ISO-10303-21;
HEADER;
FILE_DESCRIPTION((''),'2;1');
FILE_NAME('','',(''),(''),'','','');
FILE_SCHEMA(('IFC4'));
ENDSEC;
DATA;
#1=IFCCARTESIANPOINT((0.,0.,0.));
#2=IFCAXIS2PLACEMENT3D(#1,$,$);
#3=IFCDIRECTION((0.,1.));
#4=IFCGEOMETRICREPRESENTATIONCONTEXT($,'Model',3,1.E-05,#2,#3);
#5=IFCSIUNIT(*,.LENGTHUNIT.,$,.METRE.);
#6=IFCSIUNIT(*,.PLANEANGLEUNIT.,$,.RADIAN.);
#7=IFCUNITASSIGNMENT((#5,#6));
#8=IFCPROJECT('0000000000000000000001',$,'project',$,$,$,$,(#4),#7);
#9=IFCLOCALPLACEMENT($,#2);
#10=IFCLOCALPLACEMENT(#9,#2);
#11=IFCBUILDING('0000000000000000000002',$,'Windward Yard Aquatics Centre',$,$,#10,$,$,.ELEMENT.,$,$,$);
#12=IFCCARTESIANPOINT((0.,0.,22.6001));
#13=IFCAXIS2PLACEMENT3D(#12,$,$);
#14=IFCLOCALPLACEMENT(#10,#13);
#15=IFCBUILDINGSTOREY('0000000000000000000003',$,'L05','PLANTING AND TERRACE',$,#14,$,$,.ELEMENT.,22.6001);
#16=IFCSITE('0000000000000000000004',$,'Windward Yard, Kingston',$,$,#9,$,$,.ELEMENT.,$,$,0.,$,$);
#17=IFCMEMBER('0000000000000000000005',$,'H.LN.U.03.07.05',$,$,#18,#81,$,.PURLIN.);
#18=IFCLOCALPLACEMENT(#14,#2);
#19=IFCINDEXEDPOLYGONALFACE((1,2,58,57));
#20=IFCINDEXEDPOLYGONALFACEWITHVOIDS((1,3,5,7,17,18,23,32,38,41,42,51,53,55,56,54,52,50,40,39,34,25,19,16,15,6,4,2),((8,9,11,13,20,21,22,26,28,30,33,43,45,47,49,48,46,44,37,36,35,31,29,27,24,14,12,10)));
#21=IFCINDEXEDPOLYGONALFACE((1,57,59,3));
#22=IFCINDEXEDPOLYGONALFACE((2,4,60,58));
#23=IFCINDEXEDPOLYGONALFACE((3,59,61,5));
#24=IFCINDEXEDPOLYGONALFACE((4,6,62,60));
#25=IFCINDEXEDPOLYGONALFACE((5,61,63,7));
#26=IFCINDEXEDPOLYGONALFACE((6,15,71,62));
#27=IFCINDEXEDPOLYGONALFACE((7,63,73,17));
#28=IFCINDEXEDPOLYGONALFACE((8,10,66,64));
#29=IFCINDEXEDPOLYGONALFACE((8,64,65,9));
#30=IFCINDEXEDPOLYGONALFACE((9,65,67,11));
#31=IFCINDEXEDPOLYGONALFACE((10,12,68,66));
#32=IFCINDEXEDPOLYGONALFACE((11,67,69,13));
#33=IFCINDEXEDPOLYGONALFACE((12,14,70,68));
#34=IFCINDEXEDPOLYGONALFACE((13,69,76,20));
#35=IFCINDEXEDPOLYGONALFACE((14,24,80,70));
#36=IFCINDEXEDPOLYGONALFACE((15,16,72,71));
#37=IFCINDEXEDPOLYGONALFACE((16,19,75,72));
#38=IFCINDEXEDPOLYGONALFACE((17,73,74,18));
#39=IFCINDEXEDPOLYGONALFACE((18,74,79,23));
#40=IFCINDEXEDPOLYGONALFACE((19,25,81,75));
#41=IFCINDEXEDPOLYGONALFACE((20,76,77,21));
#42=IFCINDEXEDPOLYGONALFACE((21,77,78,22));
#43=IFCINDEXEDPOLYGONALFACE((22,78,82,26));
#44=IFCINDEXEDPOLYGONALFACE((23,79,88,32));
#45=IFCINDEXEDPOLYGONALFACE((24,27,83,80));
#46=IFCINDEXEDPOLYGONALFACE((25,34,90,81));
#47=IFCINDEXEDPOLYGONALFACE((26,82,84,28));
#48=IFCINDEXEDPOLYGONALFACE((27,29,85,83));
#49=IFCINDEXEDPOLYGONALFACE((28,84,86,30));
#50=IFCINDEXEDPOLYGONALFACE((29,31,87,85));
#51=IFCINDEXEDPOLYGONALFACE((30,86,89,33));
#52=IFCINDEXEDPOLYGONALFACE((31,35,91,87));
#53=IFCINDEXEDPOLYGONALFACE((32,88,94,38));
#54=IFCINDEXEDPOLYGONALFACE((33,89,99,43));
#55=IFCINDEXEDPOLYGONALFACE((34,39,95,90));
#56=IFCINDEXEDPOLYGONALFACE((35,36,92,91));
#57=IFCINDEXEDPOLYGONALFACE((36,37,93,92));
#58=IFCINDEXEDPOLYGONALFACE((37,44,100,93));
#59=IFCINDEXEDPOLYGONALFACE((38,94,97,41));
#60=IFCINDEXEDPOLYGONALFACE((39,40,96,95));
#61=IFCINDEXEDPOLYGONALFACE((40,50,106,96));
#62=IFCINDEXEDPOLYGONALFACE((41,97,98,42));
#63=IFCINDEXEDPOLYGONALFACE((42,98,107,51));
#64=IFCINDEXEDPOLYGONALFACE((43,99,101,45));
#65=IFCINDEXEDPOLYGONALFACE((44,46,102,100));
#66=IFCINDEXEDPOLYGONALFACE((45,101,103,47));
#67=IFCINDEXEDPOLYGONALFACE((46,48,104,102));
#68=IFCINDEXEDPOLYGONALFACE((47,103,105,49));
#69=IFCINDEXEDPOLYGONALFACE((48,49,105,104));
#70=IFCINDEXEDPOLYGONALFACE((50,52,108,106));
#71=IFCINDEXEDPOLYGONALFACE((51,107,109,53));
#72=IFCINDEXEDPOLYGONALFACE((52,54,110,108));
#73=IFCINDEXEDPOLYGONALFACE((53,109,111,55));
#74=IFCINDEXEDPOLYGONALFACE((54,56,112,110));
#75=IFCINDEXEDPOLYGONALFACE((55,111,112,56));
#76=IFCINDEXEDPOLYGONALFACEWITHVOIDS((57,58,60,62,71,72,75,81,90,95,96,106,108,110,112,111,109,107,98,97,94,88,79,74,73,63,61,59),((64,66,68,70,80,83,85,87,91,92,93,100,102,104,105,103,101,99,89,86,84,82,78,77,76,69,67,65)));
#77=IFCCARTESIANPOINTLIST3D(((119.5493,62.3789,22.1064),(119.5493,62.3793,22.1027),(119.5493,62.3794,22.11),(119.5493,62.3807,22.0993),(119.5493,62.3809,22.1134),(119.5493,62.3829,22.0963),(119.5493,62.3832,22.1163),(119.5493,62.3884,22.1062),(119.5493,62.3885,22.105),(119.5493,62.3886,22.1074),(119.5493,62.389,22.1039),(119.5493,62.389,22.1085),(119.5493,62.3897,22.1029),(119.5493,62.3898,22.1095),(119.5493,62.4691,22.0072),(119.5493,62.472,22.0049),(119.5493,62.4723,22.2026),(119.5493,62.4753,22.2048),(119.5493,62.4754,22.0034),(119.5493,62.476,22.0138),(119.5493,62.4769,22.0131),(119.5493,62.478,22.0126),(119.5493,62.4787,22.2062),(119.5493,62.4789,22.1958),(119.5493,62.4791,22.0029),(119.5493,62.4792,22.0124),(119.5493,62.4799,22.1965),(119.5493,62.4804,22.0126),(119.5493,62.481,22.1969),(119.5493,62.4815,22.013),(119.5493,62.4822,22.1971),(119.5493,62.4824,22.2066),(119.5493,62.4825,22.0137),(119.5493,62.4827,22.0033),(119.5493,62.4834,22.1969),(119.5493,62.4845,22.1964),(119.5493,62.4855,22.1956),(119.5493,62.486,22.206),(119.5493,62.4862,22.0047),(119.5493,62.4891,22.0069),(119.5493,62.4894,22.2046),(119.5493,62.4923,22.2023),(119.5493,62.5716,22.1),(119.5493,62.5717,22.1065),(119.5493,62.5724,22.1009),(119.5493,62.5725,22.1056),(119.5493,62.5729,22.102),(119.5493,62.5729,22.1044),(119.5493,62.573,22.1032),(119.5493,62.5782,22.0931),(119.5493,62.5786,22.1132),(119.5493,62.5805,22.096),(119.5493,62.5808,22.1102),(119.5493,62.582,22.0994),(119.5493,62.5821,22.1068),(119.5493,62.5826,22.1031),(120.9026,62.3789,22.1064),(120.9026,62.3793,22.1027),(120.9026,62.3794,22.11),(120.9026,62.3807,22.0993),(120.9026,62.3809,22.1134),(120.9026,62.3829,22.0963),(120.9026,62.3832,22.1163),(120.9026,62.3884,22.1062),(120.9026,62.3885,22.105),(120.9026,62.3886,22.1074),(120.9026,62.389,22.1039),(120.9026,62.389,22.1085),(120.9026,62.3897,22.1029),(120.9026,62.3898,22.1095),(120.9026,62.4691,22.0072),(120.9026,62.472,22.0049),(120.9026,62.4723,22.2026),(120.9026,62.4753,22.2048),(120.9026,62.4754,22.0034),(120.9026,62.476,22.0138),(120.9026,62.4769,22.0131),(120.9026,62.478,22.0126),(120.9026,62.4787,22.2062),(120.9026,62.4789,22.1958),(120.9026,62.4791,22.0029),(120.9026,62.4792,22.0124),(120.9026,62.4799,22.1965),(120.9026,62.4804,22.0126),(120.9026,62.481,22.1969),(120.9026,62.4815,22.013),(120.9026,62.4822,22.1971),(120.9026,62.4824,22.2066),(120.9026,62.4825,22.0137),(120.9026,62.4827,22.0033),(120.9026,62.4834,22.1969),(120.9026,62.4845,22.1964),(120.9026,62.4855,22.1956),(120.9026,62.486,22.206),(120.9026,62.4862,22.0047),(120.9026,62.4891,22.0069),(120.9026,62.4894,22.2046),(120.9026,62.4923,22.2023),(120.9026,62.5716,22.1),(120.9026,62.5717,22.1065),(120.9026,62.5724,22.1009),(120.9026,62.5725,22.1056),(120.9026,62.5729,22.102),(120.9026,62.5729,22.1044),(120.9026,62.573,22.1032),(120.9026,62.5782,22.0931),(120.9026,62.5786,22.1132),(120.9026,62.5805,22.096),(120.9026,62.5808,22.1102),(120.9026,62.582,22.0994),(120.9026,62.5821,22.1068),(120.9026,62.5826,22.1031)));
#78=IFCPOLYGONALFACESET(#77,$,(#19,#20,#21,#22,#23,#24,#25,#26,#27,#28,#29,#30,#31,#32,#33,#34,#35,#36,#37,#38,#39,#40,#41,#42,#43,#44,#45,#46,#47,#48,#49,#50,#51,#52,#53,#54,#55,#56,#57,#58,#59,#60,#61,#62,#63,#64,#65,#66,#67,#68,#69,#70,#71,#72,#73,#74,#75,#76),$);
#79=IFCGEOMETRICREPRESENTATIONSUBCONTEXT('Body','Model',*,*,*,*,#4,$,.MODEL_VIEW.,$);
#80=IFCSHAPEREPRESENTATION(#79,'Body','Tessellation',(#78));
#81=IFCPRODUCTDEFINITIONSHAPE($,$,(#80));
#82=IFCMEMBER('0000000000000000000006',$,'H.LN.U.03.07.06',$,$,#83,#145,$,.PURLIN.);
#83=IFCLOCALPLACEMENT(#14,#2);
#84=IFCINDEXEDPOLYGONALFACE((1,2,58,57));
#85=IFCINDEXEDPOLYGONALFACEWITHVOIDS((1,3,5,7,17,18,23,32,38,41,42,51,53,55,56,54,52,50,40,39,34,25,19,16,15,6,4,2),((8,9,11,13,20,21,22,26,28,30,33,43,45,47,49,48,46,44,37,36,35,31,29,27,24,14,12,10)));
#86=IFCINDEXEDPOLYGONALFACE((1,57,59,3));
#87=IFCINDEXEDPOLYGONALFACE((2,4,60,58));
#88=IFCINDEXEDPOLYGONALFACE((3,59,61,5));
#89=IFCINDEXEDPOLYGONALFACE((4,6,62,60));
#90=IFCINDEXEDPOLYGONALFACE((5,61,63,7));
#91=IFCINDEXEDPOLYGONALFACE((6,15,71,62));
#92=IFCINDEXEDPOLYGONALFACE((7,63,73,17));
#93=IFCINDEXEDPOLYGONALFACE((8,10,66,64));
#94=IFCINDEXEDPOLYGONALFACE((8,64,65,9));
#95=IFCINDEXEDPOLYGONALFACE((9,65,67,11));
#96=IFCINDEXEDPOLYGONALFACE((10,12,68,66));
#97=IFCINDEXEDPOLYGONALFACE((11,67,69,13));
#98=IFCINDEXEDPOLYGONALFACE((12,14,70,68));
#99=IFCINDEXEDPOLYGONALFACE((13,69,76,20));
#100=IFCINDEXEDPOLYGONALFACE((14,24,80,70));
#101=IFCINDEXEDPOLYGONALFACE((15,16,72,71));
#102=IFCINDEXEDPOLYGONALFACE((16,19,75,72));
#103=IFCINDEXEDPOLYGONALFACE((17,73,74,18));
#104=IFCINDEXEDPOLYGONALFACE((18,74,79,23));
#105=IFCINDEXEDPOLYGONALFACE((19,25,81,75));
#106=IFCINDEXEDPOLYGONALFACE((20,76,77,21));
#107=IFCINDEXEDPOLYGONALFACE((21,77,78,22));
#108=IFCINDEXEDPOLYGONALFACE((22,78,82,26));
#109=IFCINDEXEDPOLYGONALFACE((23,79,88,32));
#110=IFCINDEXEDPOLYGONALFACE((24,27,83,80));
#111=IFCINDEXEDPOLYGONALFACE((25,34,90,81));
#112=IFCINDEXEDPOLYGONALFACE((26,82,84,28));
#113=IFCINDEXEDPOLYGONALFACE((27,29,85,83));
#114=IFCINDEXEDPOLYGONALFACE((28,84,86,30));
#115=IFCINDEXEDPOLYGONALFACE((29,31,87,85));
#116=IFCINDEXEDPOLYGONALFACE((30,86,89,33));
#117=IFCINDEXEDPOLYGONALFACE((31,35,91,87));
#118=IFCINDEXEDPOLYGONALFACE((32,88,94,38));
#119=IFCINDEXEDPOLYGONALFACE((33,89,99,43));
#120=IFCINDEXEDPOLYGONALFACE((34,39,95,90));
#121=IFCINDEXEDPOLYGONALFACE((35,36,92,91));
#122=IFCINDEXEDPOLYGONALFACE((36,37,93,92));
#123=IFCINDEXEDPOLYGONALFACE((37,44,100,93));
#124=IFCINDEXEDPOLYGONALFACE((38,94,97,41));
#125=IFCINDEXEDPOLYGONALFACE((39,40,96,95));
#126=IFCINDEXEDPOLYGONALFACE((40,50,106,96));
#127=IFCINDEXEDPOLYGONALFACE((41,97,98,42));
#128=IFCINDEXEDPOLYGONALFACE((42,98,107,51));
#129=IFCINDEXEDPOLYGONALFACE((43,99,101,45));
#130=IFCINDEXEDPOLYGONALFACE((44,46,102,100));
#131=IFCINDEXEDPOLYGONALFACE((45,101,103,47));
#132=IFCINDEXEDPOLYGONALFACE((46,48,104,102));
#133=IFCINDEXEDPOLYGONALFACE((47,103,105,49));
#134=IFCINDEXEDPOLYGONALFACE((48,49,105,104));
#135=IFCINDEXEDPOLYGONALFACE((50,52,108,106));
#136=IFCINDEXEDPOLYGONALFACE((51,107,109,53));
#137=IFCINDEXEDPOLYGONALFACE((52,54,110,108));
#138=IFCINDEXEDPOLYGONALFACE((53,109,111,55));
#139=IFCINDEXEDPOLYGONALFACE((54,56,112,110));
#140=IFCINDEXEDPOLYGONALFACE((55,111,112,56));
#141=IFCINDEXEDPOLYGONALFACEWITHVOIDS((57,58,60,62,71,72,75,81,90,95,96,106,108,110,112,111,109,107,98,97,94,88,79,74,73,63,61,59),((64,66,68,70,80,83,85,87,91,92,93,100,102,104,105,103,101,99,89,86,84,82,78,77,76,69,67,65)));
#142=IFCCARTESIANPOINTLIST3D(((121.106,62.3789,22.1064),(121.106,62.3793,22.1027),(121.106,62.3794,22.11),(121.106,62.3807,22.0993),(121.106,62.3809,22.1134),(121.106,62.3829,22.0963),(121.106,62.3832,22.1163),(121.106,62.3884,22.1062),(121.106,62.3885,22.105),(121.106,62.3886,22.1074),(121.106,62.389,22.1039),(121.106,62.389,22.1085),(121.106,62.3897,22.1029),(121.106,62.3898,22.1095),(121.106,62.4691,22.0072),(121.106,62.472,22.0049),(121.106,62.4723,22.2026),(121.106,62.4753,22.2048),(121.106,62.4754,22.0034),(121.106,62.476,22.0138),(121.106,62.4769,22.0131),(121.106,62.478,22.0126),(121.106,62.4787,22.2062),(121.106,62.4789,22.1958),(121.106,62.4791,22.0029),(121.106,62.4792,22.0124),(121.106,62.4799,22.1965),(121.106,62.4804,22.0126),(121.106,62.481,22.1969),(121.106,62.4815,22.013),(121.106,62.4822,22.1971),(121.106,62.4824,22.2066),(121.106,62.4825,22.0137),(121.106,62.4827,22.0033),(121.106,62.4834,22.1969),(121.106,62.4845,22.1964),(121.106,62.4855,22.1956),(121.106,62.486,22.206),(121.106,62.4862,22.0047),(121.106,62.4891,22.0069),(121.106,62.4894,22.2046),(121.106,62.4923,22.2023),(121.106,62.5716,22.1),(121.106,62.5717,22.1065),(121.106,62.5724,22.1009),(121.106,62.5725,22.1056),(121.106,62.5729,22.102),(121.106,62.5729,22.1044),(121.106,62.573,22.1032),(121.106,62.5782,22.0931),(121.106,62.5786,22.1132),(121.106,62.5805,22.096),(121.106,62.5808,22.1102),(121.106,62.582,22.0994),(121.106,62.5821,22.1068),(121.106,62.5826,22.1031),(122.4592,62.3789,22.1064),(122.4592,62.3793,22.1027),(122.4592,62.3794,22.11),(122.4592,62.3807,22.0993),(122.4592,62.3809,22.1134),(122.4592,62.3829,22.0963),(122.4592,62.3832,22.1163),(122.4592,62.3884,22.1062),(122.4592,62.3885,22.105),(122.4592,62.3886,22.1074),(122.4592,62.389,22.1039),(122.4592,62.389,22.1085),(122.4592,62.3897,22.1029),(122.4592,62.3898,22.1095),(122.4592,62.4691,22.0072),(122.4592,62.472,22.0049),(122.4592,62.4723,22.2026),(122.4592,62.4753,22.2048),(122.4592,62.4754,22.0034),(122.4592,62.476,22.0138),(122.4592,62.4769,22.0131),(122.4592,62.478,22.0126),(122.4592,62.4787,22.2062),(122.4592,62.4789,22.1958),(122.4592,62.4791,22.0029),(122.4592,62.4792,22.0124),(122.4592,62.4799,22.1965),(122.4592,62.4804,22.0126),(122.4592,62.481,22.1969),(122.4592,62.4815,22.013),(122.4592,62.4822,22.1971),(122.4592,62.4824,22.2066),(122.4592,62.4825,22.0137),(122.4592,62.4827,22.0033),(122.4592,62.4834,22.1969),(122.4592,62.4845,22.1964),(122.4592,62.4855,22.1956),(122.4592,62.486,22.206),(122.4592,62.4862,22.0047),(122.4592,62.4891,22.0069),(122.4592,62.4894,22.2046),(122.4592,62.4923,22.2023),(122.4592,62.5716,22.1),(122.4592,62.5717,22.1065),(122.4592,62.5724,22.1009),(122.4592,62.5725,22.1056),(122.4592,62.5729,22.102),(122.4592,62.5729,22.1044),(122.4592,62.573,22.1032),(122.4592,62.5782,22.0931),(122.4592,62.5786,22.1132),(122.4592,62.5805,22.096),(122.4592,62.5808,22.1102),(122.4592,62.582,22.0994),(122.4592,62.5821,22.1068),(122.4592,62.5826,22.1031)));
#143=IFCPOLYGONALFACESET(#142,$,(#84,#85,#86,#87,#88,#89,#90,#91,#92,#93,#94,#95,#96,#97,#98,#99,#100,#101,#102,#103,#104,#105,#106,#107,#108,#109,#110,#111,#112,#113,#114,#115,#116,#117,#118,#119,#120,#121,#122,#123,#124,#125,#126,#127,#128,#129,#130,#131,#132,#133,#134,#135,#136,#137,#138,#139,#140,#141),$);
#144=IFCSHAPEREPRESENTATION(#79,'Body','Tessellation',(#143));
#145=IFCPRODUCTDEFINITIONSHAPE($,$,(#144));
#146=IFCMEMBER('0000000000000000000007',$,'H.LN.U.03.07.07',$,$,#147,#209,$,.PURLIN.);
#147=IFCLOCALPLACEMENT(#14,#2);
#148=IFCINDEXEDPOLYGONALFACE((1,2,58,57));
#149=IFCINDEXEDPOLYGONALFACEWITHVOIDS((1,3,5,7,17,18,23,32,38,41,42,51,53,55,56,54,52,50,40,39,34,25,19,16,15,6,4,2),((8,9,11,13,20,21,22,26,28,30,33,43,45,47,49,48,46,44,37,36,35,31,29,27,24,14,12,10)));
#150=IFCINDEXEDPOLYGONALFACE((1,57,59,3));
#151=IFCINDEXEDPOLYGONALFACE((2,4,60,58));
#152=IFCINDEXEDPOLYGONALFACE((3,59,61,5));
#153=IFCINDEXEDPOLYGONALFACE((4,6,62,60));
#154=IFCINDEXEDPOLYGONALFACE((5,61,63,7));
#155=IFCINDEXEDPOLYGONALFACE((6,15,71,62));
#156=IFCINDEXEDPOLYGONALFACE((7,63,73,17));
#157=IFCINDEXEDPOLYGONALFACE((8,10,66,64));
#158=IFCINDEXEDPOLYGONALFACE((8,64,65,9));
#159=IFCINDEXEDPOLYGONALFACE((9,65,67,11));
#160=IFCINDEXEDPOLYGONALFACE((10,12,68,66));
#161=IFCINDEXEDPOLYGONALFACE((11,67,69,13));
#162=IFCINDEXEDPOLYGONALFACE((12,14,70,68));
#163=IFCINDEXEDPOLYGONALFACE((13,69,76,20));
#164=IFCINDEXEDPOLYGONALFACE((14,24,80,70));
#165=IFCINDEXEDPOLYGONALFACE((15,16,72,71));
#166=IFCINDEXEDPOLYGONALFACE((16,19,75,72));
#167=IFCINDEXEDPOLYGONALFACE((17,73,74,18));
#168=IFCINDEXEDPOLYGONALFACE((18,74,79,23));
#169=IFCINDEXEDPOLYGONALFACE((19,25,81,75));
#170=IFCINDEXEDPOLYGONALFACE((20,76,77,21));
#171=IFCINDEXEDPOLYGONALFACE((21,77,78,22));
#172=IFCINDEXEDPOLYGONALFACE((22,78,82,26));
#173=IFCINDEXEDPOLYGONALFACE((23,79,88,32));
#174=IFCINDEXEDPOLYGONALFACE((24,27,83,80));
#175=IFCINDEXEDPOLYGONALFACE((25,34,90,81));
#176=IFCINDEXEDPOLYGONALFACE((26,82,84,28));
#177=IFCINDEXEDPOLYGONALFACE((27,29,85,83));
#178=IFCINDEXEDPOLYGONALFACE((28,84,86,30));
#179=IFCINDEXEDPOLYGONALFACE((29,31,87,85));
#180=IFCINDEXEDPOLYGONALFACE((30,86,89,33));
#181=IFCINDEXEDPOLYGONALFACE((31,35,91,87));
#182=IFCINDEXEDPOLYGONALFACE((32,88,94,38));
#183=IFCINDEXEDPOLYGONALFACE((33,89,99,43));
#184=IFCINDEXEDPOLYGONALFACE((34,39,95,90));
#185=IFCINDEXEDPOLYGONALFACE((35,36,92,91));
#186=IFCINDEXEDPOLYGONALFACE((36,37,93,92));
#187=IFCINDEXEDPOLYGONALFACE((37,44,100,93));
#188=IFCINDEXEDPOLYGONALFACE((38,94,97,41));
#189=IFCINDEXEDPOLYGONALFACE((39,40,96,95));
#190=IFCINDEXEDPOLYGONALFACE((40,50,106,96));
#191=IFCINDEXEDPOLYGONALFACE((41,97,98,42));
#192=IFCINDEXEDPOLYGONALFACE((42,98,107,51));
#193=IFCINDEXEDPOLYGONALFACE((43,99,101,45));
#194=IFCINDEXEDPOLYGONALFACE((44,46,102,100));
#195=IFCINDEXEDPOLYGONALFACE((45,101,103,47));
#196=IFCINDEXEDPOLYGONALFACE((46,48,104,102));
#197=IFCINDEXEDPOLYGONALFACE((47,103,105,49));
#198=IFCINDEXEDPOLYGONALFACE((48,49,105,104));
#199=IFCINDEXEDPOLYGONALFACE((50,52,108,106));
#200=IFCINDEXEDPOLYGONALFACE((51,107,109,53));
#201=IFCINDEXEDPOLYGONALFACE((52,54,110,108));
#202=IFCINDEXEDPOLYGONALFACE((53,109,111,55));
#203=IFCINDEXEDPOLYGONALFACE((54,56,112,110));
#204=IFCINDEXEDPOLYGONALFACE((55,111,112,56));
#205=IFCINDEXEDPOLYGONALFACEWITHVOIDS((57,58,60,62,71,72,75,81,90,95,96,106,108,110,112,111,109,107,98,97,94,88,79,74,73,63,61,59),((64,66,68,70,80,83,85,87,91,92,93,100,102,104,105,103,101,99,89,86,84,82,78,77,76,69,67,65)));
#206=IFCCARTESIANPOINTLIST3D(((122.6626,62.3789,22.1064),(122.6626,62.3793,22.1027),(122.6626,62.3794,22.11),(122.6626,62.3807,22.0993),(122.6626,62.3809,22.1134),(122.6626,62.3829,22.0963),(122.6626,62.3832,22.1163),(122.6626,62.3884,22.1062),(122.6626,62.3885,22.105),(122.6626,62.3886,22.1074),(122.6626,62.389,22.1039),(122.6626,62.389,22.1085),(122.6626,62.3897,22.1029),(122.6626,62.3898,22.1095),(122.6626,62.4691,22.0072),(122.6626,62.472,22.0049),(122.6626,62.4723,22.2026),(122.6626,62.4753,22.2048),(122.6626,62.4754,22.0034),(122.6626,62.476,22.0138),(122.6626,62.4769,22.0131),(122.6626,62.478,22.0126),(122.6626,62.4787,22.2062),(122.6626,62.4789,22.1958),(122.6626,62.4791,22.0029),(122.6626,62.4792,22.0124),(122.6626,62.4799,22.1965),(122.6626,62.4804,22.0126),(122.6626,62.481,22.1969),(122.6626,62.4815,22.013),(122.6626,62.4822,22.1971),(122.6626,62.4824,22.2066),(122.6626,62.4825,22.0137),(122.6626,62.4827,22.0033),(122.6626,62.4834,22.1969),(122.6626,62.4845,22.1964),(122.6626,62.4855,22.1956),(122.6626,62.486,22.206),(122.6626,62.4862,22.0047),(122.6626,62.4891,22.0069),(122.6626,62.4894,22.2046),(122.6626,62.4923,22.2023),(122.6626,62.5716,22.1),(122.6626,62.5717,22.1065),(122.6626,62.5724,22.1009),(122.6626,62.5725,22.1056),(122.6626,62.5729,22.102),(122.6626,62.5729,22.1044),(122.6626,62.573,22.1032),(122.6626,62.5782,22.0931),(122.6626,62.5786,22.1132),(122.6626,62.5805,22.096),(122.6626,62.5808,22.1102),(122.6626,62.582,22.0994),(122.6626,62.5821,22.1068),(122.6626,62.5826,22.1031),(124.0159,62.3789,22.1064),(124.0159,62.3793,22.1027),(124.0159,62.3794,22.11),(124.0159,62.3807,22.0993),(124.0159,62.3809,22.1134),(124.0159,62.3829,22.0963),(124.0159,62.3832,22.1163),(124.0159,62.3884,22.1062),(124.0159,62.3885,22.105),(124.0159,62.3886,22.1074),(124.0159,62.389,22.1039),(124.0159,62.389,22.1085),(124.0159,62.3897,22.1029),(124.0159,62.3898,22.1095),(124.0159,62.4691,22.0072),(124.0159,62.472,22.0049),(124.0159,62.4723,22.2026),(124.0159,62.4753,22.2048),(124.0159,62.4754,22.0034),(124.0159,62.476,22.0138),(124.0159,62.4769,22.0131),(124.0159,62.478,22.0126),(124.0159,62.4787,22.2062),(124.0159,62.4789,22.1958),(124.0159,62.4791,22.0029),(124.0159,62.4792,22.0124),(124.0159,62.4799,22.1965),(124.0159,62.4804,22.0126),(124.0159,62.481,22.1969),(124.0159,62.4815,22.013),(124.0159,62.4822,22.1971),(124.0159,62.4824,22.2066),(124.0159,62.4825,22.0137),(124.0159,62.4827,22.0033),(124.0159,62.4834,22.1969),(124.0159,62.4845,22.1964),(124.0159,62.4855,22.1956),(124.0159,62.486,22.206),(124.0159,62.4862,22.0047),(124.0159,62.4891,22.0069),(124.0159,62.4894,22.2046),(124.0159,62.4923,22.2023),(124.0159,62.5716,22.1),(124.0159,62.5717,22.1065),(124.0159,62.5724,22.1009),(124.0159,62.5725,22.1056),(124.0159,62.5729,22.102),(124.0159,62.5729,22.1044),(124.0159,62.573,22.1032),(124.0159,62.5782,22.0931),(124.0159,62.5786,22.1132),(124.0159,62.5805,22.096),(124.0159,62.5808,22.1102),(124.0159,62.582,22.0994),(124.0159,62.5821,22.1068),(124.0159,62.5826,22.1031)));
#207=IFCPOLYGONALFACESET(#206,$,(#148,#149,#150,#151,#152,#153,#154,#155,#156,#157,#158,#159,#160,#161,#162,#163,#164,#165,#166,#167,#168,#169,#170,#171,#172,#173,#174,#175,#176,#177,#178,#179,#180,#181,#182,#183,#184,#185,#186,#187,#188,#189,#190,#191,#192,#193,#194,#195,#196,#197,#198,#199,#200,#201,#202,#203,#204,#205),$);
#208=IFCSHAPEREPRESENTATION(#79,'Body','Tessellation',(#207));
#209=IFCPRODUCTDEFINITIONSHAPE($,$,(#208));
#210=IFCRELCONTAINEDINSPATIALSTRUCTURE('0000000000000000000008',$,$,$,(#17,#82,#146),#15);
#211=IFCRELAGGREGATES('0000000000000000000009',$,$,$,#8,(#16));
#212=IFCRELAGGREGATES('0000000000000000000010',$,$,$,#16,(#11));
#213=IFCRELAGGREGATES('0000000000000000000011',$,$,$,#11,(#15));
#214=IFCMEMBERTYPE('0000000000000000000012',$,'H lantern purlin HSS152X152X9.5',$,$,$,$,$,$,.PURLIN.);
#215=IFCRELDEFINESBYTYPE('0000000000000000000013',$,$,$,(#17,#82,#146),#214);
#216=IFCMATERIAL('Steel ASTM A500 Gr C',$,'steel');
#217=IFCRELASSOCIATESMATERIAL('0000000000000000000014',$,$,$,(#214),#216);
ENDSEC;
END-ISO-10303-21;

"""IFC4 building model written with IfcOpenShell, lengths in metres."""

from ifc_helpers import new_model, si_unit, direction, frame, origin, origin_2d, place, context, subcontext, project, spatial, hollow_rectangle, extrude, material, material_profile, profile_set, type_object, element, save


model = new_model("IFC4")

# Units and contexts
model_context = context("Model", 3, precision=1e-05, world=origin(), true_north=direction((0.0, 1.0)))
body_context = subcontext(model_context, "Body", "Model", "MODEL_VIEW")
ifc_project = project(units=[si_unit("LENGTHUNIT", "METRE"), si_unit("PLANEANGLEUNIT", "RADIAN")], contexts=[model_context])

# Site, building, storey
site_placement = place(None, origin())
site = spatial("IfcSite", under=ifc_project, at=site_placement, Name="Windward Yard, Kingston", CompositionType="ELEMENT", RefElevation=0.0)
building_placement = place(site_placement, origin())
building = spatial("IfcBuilding", under=site, at=building_placement, Name="Windward Yard Aquatics Centre", CompositionType="ELEMENT")
storey_placement = place(building_placement, frame((0.0, 0.0, 22.6001)))
storey = spatial("IfcBuildingStorey", under=building, at=storey_placement, Name="L05", Description="PLANTING AND TERRACE", CompositionType="ELEMENT", Elevation=22.6001)

# Members
ifc_material_1 = material(Name="Steel ASTM A500 Gr C", Category="steel")
ifc_material_profile = material_profile(ifc_material_1, hollow_rectangle(XDim=0.1523, YDim=0.1523, WallThickness=0.0095, InnerFilletRadius=0.0046, OuterFilletRadius=0.0142, at=origin_2d()), Name="HSS152X152X9.5")
ifc_profile_set = profile_set([ifc_material_profile], Name="Steel ASTM A500 Gr C")
member_type = type_object("IfcMemberType", Name="H lantern purlin HSS152X152X9.5", PredefinedType="PURLIN", material=ifc_profile_set)
for number, where, z_axis, x_axis, name in (
    (1, (119.5493, 62.4807, 22.1047), (1.0, 0.0, 0.0), (0.0, 0.69555, -0.718477), "H.LN.U.03.07.05"),
    (2, (121.106, 62.4807, 22.1047), (1.0, 0.0, 0.0), (0.0, 0.69555, -0.718477), "H.LN.U.03.07.06"),
    (3, (122.6626, 62.4807, 22.1047), (1.0, 0.0, 0.0), (0.0, 0.69555, -0.718477), "H.LN.U.03.07.07"),
):
    element("IfcMember", number, at=place(storey_placement, frame(where, z_axis=z_axis, x_axis=x_axis)), inside=storey, type_object=member_type, Name=name, PredefinedType="PURLIN", context=body_context, shape_type="SweptSolid", body=[
        extrude(hollow_rectangle(XDim=0.1523, YDim=0.1523, WallThickness=0.0095, InnerFilletRadius=0.0046, OuterFilletRadius=0.0142, at=origin_2d()), origin(), (0.0, 0.0, 1.0), 1.3533),
    ])

save(model, "model.ifc")
